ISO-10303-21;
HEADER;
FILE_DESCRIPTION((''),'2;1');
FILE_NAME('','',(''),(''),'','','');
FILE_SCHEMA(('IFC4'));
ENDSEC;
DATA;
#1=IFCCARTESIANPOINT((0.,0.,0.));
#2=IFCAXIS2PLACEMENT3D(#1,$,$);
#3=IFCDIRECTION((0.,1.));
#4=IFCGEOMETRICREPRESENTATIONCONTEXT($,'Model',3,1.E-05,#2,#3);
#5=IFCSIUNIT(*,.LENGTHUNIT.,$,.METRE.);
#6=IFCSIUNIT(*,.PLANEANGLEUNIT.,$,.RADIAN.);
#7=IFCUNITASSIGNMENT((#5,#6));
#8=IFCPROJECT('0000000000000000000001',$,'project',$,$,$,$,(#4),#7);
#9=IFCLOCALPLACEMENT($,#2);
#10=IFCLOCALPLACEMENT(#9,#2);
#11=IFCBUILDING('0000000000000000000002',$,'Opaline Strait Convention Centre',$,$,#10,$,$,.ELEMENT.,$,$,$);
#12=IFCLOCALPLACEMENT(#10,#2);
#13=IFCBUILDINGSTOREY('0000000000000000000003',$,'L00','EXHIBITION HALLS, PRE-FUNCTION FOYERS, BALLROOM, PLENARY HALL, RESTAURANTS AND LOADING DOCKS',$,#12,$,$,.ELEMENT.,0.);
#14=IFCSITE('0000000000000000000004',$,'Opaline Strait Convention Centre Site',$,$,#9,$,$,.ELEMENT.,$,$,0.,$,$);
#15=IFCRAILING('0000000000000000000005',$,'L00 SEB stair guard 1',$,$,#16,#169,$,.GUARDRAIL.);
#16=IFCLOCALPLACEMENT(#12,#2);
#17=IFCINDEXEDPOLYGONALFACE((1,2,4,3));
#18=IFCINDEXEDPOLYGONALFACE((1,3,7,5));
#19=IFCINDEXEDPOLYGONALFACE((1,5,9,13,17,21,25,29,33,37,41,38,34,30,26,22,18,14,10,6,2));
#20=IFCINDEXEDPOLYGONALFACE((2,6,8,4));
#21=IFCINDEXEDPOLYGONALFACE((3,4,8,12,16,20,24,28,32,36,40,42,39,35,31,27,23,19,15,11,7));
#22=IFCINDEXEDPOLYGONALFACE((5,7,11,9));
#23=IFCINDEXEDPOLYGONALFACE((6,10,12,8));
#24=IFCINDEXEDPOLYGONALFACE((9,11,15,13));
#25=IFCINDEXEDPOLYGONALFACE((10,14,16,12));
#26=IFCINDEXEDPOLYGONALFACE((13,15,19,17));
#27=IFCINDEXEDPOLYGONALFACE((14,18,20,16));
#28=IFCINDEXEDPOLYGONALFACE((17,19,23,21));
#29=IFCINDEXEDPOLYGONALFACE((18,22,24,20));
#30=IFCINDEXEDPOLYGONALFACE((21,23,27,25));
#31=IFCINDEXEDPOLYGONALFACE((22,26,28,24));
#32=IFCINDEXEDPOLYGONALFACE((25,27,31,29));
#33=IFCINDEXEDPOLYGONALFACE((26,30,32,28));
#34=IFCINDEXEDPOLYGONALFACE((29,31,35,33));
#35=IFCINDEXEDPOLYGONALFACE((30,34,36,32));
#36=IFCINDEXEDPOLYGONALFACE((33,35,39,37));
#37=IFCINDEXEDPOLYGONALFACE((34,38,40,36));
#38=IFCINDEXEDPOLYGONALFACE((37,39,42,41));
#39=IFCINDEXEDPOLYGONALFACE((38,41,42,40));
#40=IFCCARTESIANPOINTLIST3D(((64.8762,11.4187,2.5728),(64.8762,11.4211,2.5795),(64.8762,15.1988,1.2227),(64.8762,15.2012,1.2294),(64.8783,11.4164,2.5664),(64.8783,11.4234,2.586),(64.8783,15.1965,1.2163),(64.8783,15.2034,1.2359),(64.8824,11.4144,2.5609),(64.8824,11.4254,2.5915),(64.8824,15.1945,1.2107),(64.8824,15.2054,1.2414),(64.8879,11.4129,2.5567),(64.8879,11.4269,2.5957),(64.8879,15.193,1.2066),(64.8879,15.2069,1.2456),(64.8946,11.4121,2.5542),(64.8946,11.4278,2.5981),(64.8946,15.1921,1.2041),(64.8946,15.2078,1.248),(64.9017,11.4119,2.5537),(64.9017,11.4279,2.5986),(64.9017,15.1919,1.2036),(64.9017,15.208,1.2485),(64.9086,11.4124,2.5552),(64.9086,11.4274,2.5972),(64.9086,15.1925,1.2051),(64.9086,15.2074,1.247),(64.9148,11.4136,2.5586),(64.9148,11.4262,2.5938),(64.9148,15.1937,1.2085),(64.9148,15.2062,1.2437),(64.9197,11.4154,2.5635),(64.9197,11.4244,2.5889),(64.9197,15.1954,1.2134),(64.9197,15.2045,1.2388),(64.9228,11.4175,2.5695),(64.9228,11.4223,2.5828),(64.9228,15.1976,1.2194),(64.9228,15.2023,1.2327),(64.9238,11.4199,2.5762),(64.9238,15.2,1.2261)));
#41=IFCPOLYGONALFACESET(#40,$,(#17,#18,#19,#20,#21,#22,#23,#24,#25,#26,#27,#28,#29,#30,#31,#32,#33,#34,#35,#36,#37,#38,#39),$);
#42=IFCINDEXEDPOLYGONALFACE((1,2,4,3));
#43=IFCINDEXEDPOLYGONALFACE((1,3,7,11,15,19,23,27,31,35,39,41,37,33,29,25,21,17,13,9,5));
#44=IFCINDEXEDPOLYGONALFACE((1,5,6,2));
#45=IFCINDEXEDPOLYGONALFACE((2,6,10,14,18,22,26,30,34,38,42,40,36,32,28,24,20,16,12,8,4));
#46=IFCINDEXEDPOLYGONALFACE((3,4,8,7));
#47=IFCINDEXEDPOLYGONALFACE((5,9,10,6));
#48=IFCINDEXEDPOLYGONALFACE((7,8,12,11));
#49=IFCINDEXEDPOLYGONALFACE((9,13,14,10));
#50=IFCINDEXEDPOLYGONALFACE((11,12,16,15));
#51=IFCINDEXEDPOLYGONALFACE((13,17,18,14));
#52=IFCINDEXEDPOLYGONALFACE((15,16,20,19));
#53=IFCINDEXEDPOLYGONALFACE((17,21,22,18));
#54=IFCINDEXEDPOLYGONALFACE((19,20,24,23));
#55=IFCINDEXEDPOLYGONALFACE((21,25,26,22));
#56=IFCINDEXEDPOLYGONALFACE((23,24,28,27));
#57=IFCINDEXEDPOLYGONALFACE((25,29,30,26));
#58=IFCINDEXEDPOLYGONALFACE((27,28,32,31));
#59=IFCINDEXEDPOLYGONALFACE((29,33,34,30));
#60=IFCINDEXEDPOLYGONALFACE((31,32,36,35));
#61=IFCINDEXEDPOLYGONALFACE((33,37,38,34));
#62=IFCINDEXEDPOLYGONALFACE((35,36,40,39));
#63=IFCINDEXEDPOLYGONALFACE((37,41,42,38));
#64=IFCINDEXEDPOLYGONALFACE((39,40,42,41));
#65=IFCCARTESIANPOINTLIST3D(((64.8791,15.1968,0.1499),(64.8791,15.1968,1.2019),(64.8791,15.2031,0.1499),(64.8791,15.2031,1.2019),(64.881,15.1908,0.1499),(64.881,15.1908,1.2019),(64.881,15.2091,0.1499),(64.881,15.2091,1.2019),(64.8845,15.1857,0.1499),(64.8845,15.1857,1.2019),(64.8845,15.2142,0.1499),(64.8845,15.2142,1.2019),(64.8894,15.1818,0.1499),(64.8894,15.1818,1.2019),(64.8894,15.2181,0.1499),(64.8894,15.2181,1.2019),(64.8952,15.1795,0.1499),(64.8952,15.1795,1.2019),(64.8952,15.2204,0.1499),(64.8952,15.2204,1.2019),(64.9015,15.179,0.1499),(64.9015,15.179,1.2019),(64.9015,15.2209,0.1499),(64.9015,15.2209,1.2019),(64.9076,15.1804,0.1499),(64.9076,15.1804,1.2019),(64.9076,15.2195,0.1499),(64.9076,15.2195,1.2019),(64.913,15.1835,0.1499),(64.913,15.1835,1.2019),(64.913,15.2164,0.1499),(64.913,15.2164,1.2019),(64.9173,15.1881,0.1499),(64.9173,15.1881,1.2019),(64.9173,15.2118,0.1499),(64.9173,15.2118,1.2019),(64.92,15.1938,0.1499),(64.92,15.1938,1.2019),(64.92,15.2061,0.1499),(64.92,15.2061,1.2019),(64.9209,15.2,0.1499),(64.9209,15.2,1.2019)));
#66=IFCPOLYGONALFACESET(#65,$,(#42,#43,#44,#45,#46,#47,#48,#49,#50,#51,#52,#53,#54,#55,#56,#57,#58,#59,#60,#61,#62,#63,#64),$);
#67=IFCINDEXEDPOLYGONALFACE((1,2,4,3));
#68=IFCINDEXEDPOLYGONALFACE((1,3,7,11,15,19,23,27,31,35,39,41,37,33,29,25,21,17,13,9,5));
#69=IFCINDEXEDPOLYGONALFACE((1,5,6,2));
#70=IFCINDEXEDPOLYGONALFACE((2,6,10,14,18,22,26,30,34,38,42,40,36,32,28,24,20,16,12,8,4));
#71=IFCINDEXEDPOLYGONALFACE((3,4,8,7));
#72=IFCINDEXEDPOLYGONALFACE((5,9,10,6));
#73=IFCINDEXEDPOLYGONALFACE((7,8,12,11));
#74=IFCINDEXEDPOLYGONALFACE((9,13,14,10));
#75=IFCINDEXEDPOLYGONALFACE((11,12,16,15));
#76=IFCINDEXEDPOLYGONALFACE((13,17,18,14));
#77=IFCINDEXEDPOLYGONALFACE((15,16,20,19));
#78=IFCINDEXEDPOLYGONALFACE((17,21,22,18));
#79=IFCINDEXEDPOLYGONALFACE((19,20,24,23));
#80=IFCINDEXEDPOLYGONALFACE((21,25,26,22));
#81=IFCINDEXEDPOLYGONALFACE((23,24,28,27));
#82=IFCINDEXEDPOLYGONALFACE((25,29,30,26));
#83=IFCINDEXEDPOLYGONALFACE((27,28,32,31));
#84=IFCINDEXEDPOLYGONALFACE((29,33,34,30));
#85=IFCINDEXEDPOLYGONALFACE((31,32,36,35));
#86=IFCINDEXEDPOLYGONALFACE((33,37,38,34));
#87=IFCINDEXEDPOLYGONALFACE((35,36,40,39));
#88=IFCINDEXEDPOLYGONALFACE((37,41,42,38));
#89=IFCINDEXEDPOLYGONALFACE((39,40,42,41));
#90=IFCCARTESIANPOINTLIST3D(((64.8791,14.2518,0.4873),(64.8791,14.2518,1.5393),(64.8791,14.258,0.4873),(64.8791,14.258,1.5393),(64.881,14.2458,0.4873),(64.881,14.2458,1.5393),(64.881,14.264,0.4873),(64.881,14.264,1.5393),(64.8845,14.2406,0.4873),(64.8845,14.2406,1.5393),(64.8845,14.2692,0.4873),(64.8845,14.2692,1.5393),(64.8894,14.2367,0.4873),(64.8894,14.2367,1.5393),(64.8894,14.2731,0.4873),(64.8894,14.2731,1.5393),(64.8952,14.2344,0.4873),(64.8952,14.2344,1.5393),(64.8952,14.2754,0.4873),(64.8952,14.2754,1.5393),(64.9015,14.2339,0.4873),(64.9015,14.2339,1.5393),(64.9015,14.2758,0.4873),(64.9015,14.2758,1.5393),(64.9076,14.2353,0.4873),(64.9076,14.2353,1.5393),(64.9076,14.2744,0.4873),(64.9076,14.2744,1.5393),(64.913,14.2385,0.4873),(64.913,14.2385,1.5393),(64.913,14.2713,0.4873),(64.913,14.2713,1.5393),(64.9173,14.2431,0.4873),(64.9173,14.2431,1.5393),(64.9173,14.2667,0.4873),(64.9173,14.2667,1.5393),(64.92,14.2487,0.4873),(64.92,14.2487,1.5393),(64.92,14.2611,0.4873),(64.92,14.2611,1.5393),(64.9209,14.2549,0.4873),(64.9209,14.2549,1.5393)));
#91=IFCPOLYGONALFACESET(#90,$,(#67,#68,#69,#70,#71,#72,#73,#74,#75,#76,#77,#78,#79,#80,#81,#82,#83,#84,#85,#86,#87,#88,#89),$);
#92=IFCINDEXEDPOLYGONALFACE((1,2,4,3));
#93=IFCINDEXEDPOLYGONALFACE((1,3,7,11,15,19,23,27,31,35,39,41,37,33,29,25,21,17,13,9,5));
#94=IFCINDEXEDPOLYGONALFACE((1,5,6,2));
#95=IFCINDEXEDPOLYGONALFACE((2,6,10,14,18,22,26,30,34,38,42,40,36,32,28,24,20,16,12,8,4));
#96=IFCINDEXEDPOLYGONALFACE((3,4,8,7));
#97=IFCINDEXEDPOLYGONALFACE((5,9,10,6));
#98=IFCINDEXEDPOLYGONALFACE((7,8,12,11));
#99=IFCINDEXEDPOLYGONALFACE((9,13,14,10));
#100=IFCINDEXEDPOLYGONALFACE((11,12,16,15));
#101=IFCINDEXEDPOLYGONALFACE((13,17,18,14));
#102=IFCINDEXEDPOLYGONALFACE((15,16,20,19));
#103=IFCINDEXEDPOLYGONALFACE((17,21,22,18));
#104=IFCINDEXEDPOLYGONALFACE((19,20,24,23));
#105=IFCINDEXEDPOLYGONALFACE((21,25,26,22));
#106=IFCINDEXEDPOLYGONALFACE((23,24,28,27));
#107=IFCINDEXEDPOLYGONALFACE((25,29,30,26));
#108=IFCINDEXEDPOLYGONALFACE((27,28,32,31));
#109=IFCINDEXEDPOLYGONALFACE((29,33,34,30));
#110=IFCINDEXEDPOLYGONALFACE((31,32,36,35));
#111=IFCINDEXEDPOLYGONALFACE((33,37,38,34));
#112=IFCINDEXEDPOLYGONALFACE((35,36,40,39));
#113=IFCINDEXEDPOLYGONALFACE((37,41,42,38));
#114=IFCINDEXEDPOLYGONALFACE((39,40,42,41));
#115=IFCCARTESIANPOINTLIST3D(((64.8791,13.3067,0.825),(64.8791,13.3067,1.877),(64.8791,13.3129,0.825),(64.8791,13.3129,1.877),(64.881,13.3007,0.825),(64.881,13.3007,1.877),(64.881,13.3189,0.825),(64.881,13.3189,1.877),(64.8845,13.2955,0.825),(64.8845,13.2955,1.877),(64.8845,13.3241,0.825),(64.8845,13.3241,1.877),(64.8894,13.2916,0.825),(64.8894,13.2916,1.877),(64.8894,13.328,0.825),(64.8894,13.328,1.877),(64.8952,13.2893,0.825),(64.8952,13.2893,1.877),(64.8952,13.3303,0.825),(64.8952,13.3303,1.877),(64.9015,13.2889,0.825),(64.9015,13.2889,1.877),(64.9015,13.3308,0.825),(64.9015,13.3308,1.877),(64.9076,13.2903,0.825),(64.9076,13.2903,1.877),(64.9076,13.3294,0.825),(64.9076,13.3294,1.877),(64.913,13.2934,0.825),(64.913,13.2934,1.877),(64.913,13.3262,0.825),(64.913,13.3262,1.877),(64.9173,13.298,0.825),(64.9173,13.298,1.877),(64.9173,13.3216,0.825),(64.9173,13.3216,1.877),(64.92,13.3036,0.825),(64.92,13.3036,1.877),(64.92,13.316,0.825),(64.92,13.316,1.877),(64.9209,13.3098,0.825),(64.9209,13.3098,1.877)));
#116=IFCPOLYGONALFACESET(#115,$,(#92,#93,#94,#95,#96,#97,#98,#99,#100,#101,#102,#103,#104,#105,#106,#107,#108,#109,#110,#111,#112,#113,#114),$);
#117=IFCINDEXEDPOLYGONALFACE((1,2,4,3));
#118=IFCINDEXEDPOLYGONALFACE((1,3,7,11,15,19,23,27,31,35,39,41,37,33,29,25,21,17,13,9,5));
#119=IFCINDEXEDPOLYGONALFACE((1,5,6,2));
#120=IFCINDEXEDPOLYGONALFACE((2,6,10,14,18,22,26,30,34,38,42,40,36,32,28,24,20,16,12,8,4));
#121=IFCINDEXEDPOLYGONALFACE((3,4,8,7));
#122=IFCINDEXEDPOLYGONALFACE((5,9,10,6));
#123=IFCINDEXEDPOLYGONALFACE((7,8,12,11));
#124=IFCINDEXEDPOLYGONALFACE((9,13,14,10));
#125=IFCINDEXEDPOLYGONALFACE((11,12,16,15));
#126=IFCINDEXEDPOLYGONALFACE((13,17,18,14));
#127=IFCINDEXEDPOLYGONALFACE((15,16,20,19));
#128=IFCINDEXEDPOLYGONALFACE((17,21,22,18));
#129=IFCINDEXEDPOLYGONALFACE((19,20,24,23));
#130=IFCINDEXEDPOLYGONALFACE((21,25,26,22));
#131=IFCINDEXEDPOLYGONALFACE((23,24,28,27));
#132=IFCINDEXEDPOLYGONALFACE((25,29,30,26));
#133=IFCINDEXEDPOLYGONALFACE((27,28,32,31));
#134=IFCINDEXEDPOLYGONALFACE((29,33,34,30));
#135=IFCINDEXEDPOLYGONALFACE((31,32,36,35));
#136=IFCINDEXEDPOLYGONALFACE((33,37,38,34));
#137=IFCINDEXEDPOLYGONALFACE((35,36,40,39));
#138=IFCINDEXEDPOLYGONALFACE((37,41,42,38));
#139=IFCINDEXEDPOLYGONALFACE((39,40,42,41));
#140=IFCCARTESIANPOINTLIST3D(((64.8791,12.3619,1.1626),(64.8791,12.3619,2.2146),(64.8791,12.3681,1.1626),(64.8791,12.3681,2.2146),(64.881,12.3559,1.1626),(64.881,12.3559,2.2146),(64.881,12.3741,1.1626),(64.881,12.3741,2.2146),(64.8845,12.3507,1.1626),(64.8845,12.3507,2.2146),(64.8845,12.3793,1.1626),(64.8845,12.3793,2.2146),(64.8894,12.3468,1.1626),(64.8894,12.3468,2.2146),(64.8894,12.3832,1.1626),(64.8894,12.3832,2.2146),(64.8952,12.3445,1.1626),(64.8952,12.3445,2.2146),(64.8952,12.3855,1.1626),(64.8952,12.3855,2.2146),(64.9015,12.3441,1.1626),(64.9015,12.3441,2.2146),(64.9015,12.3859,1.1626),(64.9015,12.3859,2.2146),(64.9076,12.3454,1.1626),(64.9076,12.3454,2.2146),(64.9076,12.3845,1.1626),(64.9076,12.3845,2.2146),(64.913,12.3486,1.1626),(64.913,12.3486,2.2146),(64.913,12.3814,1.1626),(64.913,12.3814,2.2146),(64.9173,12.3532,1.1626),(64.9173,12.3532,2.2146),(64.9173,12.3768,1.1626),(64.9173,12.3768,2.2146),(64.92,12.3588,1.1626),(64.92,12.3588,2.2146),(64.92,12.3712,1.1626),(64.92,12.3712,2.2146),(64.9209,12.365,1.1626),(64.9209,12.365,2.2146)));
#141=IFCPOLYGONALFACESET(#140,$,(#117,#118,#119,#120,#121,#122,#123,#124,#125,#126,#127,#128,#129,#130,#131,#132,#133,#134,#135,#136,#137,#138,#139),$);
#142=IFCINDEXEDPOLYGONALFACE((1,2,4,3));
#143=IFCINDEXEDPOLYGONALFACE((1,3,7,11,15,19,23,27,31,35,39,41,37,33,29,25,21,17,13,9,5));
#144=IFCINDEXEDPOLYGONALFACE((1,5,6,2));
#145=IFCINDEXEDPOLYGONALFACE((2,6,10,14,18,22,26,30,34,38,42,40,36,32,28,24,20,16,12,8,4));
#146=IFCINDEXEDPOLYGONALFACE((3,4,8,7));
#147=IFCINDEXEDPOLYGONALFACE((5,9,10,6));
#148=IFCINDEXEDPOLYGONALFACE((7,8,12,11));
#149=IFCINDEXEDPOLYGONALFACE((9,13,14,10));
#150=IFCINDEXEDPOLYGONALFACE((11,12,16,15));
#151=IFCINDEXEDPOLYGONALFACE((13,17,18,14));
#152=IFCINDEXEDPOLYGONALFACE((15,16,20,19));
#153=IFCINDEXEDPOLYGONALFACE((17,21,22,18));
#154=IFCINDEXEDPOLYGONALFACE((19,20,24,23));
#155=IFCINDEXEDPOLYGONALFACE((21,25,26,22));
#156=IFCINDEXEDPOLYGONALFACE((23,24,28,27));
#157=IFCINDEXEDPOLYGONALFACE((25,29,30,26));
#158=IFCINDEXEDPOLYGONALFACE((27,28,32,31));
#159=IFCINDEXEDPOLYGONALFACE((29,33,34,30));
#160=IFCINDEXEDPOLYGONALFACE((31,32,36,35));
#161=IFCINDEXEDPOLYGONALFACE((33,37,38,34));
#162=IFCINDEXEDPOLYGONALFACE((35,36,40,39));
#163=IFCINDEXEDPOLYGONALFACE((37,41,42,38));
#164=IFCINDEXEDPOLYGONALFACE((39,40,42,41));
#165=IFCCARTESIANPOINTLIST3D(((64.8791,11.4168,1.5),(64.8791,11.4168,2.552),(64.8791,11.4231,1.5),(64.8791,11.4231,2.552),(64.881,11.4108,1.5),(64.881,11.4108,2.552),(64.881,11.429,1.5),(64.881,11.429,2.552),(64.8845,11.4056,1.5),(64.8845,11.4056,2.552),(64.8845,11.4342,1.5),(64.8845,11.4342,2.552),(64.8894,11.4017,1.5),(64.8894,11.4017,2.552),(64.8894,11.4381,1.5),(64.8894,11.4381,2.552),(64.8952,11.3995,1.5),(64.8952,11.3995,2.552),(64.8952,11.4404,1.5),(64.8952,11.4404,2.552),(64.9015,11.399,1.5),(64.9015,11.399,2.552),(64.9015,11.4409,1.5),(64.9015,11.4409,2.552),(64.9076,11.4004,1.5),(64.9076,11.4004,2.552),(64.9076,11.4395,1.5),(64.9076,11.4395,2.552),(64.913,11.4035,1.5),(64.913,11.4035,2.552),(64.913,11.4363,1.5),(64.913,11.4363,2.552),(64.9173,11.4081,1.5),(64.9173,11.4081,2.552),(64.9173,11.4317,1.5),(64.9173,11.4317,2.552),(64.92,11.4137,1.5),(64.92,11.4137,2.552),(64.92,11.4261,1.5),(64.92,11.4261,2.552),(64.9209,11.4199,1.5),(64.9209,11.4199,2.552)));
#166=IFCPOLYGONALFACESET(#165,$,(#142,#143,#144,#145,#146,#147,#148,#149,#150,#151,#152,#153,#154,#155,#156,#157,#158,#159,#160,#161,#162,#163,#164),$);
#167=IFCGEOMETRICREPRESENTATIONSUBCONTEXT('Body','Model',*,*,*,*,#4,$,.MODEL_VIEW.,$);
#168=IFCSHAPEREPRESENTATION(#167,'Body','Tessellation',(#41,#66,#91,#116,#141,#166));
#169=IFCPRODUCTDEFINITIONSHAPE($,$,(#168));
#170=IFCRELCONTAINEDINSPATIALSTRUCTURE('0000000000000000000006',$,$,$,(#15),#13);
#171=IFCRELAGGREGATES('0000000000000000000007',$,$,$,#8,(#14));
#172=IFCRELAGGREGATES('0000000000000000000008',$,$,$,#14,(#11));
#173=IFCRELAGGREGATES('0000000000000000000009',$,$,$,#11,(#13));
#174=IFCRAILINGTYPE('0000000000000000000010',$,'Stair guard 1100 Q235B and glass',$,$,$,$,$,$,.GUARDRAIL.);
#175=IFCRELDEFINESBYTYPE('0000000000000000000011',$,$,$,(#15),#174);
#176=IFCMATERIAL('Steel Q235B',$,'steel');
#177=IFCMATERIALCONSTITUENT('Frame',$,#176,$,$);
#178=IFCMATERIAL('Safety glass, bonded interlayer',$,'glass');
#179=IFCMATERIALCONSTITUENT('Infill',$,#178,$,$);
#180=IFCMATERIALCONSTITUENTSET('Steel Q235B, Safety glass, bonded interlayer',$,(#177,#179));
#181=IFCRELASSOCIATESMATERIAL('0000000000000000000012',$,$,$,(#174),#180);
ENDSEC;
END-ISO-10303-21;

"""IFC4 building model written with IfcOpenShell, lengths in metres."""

from ifc_helpers import new_model, si_unit, direction, frame, origin, origin_2d, place, context, subcontext, project, spatial, circle, extrude, material, constituent, constituent_set, type_object, element, save


model = new_model("IFC4")

# Units and contexts
model_context = context("Model", 3, precision=1e-05, world=origin(), true_north=direction((0.0, 1.0)))
body_context = subcontext(model_context, "Body", "Model", "MODEL_VIEW")
ifc_project = project(units=[si_unit("LENGTHUNIT", "METRE"), si_unit("PLANEANGLEUNIT", "RADIAN")], contexts=[model_context])

# Site, building, storey
site_placement = place(None, origin())
site = spatial("IfcSite", under=ifc_project, at=site_placement, Name="Opaline Strait Convention Centre Site", CompositionType="ELEMENT", RefElevation=0.0)
building_placement = place(site_placement, origin())
building = spatial("IfcBuilding", under=site, at=building_placement, Name="Opaline Strait Convention Centre", CompositionType="ELEMENT")
storey_placement = place(building_placement, origin())
storey = spatial("IfcBuildingStorey", under=building, at=storey_placement, Name="L00", Description="EXHIBITION HALLS, PRE-FUNCTION FOYERS, BALLROOM, PLENARY HALL, RESTAURANTS AND LOADING DOCKS", CompositionType="ELEMENT", Elevation=0.0)

# Railing
ifc_material_1 = material(Name="Steel Q235B", Category="steel")
ifc_constituent_1 = constituent(ifc_material_1, Name="Frame")
ifc_material_2 = material(Name="Safety glass, bonded interlayer", Category="glass")
ifc_constituent_2 = constituent(ifc_material_2, Name="Infill")
ifc_constituent_set = constituent_set(constituents=[ifc_constituent_1, ifc_constituent_2], Name="Steel Q235B, Safety glass, bonded interlayer")
railing_type_1 = type_object("IfcRailingType", Name="Stair guard 1100 Q235B and glass", PredefinedType="GUARDRAIL", material=ifc_constituent_set)
railing_1_placement = place(storey_placement, frame((64.8999, 15.2, 0.1499)))
element("IfcRailing", 1, at=railing_1_placement, inside=storey, type_object=railing_type_1, Name="L00 SEB stair guard 1", PredefinedType="GUARDRAIL", context=body_context, shape_type="SweptSolid", body=[
    extrude(circle(Radius=0.0239, at=origin_2d()), frame((0.0, 0.0, 1.0762), z_axis=(0.0, -0.941735, 0.336356), x_axis=(1.0, 0.0, 0.0)), (0.0, 0.0, 1.0), 4.0139),
    extrude(circle(Radius=0.021, at=origin_2d()), origin(), (0.0, 0.0, 1.0), 1.052),
    extrude(circle(Radius=0.021, at=origin_2d()), frame((0.0, -0.9451, 0.3374)), (0.0, 0.0, 1.0), 1.052),
    extrude(circle(Radius=0.021, at=origin_2d()), frame((0.0, -1.8901, 0.675)), (0.0, 0.0, 1.0), 1.052),
    extrude(circle(Radius=0.021, at=origin_2d()), frame((0.0, -2.835, 1.0127)), (0.0, 0.0, 1.0), 1.052),
    extrude(circle(Radius=0.021, at=origin_2d()), frame((0.0, -3.78, 1.3501)), (0.0, 0.0, 1.0), 1.052),
])

save(model, "model.ifc")
